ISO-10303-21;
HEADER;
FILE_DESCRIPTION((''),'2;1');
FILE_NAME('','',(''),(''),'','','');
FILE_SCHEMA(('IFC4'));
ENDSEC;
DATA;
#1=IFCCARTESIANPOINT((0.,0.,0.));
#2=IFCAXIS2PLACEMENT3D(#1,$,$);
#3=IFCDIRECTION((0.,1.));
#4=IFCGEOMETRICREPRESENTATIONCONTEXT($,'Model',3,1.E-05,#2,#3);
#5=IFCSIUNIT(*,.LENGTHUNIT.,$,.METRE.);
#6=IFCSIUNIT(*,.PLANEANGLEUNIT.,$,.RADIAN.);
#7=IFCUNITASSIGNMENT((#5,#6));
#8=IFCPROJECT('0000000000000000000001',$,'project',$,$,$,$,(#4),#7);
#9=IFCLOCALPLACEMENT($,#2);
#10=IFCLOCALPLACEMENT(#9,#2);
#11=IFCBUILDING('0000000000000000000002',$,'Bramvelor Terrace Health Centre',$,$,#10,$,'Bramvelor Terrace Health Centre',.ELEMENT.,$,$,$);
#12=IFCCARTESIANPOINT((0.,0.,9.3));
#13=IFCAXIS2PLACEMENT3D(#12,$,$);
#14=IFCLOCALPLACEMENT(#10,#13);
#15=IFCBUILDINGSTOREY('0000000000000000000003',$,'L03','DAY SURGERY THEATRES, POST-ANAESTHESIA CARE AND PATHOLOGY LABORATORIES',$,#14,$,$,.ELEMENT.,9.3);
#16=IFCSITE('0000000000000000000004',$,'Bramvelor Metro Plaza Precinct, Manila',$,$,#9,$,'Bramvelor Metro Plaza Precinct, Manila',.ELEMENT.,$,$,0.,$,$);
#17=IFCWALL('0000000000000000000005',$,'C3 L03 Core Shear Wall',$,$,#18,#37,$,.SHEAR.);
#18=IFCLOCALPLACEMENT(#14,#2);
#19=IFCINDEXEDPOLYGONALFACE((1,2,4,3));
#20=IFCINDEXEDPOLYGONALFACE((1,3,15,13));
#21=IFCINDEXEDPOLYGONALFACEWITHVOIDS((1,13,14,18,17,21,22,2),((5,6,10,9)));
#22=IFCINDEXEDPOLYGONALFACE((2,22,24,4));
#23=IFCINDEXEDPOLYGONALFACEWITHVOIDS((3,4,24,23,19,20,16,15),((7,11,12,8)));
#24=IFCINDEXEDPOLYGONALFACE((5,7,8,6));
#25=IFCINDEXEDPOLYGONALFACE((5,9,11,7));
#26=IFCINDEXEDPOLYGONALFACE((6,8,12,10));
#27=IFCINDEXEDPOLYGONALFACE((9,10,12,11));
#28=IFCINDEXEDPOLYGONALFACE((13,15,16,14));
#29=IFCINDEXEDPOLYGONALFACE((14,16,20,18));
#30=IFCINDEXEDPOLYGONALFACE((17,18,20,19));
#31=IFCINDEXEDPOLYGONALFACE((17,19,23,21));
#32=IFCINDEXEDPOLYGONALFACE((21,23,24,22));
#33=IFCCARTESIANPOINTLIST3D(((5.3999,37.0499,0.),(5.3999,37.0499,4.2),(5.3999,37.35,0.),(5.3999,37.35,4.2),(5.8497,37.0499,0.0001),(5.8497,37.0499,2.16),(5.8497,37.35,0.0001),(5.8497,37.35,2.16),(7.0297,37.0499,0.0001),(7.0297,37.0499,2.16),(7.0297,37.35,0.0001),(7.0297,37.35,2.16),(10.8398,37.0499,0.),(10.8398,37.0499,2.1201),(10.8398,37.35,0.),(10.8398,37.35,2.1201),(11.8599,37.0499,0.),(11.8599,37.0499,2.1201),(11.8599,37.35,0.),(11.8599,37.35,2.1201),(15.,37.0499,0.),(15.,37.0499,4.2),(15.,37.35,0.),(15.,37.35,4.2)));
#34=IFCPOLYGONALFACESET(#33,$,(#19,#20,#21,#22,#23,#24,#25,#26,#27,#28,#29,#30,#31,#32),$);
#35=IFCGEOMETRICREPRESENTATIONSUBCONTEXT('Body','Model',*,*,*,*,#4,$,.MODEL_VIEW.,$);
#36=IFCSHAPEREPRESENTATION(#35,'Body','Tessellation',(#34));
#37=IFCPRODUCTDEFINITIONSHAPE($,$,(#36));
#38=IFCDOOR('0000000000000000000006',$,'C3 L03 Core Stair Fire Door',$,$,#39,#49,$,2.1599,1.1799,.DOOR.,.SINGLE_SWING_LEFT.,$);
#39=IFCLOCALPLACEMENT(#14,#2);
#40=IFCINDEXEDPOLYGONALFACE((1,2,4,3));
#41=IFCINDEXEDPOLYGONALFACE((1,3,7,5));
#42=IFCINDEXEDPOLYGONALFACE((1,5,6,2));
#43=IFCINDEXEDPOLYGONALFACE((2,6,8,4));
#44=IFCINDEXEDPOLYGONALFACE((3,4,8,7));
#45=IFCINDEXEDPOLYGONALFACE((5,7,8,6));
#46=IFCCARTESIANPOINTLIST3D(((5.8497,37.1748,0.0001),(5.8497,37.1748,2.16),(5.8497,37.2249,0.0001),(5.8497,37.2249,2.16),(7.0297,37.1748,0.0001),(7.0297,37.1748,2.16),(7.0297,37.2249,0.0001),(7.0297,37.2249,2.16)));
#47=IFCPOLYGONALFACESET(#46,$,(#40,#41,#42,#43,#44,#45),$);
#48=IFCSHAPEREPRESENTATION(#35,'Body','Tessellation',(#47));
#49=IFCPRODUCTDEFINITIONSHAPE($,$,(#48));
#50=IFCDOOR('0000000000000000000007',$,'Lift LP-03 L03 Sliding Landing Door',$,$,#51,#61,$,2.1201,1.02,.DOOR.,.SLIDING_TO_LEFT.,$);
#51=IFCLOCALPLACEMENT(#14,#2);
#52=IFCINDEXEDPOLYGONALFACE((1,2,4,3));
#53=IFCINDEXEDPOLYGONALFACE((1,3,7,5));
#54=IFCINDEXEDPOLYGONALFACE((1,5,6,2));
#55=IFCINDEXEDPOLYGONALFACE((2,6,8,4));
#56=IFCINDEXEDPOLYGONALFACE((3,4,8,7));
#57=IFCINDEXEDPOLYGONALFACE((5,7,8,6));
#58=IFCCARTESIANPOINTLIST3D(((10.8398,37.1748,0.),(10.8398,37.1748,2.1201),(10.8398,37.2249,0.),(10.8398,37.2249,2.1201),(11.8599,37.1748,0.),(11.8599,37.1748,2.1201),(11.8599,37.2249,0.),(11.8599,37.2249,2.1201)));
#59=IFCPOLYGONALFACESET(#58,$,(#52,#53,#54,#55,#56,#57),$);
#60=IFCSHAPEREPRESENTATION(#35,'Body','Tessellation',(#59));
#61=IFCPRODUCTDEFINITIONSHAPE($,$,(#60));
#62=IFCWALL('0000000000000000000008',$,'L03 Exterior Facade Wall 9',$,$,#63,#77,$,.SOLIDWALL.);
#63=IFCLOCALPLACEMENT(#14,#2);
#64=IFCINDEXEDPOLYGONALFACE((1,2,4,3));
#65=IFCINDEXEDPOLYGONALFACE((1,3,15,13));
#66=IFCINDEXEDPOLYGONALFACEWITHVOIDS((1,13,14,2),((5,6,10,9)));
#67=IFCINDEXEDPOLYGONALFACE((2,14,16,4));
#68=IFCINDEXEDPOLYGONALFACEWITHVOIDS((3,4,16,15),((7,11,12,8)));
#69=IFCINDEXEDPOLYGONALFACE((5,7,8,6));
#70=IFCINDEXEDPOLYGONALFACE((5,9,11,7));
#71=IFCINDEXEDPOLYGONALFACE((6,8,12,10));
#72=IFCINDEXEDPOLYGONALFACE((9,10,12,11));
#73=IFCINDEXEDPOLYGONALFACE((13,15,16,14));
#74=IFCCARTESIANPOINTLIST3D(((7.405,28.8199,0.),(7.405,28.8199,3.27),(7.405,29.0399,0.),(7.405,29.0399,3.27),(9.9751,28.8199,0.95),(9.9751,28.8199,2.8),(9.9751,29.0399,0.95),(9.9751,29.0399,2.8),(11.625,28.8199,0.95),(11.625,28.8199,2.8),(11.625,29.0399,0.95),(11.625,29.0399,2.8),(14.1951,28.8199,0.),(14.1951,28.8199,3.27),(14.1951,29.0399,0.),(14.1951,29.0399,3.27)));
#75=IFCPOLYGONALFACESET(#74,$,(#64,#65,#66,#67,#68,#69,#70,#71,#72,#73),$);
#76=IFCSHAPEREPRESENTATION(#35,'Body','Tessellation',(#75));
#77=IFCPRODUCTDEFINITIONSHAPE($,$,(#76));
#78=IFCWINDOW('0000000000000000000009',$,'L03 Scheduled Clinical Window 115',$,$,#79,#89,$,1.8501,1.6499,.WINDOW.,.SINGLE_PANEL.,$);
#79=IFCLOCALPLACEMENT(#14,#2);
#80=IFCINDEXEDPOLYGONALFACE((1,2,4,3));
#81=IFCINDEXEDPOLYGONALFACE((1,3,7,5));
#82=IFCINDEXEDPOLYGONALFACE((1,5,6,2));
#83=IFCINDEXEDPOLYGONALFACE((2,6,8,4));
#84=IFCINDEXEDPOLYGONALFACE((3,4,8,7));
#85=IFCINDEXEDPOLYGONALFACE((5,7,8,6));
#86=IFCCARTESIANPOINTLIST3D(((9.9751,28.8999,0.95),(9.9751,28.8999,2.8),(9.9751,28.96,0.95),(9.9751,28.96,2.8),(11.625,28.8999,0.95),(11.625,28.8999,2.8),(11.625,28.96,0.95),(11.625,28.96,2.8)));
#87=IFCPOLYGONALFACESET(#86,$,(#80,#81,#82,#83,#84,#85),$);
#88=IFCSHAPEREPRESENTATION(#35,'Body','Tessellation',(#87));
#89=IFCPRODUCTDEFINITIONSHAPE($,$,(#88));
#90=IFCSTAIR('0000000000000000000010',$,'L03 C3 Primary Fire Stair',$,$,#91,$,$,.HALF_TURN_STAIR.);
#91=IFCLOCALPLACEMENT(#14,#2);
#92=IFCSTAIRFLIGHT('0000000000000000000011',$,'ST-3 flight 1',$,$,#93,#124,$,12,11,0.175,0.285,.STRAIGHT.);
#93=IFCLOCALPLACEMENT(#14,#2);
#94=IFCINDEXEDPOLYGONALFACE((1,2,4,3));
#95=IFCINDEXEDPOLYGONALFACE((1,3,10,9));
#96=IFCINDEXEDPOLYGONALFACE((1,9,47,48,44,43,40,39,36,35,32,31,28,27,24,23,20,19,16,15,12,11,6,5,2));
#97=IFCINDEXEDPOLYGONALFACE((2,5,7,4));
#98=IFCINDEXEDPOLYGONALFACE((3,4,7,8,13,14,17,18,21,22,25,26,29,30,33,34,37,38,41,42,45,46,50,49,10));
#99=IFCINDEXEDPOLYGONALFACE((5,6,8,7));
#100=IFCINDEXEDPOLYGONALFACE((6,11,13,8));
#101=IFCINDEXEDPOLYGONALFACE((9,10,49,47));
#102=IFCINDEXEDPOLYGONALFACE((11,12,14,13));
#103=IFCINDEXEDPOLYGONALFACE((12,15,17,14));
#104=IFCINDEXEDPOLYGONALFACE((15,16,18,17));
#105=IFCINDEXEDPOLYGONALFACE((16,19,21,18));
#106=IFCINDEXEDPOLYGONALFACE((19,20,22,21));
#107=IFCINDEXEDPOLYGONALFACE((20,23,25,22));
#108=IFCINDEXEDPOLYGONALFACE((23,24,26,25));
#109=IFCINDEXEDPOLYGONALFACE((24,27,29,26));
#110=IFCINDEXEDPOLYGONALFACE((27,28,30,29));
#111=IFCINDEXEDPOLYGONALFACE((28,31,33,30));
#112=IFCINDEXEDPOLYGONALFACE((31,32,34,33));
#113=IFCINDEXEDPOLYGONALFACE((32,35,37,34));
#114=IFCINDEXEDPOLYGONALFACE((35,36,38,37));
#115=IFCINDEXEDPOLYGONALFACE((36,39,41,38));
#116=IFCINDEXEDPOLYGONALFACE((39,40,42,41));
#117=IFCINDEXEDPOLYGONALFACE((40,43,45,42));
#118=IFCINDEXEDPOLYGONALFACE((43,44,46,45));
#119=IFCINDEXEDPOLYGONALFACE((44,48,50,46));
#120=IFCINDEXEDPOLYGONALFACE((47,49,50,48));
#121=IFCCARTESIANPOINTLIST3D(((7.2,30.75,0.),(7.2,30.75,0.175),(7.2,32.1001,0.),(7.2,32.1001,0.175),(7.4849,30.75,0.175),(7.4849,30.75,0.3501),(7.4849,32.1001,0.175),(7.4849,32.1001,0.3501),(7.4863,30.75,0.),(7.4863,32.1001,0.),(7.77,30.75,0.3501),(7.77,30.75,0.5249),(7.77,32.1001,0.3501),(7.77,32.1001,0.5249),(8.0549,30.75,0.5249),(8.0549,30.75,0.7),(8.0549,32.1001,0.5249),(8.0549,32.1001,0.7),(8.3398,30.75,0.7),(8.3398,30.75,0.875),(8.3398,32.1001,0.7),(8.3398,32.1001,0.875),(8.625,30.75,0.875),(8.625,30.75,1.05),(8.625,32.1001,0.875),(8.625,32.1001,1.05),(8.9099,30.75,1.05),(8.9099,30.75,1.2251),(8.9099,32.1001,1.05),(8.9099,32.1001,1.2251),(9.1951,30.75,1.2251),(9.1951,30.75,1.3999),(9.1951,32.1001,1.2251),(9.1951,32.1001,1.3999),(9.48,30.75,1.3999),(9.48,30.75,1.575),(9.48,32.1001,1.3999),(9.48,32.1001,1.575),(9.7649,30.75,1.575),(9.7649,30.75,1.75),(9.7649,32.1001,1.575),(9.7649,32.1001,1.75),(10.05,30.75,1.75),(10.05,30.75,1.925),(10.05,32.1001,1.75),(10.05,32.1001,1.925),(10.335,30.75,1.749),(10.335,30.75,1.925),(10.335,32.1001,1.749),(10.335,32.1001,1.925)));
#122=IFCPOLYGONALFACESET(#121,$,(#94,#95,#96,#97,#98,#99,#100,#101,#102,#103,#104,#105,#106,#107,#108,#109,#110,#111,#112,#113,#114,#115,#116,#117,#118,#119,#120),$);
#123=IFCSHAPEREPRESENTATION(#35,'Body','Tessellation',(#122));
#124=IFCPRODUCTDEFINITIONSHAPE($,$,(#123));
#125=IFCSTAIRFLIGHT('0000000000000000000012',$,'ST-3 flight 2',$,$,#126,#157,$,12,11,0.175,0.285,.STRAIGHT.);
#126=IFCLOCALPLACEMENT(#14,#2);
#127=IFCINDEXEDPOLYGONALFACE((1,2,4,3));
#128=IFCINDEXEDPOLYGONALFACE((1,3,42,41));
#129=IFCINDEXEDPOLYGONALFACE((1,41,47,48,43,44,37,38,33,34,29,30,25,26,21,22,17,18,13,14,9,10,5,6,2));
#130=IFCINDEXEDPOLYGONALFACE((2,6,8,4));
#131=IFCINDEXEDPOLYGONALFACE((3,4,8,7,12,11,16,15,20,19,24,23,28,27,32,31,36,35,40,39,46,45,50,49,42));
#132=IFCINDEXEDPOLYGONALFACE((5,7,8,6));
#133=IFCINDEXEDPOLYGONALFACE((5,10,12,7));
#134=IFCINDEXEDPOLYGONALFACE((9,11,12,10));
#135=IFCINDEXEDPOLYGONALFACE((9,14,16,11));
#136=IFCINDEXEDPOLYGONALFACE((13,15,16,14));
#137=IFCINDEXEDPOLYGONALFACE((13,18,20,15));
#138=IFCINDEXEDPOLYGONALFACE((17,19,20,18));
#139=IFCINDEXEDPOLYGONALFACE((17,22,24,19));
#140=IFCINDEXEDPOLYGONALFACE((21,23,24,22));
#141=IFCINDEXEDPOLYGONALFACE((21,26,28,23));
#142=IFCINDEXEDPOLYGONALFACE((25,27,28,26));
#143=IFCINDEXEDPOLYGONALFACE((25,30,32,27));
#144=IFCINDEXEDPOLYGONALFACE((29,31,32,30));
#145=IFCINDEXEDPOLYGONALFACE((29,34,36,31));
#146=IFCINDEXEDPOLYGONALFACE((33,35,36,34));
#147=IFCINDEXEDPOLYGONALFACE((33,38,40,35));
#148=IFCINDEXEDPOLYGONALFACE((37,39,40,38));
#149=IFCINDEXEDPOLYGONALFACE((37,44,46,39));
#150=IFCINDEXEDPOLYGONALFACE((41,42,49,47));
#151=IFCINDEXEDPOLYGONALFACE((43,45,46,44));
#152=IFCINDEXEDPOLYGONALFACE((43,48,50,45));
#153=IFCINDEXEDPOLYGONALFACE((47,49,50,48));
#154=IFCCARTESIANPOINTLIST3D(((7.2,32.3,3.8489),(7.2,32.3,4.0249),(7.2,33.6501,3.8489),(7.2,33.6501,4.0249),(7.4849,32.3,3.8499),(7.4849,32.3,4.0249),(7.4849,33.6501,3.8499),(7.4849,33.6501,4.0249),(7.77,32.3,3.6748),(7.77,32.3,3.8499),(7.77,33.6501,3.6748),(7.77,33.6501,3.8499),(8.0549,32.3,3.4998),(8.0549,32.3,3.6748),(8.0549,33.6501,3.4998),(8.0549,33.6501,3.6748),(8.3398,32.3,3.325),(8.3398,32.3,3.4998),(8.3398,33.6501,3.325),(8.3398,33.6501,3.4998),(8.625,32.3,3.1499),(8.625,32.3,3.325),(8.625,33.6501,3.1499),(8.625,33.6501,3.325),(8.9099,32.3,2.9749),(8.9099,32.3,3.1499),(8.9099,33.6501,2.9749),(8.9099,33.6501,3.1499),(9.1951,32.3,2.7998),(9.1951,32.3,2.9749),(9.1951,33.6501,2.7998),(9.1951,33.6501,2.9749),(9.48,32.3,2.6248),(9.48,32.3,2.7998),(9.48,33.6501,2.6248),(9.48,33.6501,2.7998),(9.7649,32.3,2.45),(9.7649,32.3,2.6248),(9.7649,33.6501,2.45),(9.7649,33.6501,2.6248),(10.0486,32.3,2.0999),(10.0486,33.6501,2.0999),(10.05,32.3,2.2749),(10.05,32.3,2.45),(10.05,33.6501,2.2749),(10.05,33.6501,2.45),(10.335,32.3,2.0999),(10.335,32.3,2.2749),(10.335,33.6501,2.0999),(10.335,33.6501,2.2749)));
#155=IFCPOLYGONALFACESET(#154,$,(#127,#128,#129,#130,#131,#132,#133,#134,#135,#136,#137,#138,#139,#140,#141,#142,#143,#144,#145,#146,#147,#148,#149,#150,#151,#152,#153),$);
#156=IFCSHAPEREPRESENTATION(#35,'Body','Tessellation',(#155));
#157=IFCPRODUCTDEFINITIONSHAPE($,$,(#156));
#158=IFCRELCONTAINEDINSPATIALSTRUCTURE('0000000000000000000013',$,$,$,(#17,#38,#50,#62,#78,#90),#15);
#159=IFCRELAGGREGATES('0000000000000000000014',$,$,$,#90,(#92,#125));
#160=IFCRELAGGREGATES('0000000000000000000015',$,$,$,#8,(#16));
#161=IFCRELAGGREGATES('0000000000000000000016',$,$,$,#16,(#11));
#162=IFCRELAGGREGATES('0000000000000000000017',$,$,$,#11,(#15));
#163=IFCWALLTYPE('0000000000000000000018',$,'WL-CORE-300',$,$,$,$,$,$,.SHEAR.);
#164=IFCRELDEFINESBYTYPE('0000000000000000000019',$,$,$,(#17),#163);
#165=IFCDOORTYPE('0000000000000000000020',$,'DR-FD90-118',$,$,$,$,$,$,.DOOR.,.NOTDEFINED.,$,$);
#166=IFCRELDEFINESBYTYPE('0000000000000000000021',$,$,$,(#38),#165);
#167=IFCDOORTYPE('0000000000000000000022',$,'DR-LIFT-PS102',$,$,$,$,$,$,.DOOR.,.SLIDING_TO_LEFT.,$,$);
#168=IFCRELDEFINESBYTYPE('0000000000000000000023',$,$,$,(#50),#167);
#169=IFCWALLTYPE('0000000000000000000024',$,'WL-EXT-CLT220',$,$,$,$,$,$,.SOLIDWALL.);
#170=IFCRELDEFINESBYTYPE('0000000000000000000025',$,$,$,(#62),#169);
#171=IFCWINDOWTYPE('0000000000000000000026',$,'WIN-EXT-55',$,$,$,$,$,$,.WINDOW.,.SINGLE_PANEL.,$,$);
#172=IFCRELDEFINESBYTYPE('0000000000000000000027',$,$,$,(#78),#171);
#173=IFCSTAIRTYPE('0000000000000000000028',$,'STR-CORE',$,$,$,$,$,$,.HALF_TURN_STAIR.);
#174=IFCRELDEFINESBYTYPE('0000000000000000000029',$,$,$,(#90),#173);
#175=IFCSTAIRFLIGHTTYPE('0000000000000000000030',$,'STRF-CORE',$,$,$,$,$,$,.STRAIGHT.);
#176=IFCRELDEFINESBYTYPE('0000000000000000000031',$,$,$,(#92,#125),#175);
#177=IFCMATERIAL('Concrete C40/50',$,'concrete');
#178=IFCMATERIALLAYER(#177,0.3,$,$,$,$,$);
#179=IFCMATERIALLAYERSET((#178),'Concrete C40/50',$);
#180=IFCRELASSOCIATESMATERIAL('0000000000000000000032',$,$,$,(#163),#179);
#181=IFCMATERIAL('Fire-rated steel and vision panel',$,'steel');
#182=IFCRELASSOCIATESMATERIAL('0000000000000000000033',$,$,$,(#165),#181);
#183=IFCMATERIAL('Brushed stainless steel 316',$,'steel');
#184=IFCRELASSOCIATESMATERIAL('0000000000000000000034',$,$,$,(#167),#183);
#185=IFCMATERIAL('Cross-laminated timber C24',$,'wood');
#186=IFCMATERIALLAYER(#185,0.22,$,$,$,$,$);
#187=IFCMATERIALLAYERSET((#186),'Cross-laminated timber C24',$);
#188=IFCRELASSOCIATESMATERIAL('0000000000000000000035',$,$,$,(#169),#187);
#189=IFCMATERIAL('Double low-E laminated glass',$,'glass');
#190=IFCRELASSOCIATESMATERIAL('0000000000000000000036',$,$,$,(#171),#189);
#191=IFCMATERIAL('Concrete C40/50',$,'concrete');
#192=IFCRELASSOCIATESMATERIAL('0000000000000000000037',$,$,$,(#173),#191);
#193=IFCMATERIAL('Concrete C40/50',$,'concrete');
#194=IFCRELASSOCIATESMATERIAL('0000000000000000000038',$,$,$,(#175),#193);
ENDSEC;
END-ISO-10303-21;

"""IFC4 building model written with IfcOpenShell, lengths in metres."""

from ifc_helpers import new_model, si_unit, direction, frame, frame_2d, origin, place, context, subcontext, project, spatial, polyline, rectangle, outline, extrude, material, layer, layer_set, type_object, element, fill, aggregate, save


model = new_model("IFC4")

# Units and contexts
model_context = context("Model", 3, precision=1e-05, world=origin(), true_north=direction((0.0, 1.0)))
body_context = subcontext(model_context, "Body", "Model", "MODEL_VIEW")
ifc_project = project(units=[si_unit("LENGTHUNIT", "METRE"), si_unit("PLANEANGLEUNIT", "RADIAN")], contexts=[model_context])

# Site, building, storey
site_placement = place(None, origin())
site = spatial("IfcSite", under=ifc_project, at=site_placement, Name="Bramvelor Metro Plaza Precinct, Manila", LongName="Bramvelor Metro Plaza Precinct, Manila", CompositionType="ELEMENT", RefElevation=0.0)
building_placement = place(site_placement, origin())
building = spatial("IfcBuilding", under=site, at=building_placement, Name="Bramvelor Terrace Health Centre", LongName="Bramvelor Terrace Health Centre", CompositionType="ELEMENT")
storey_placement = place(building_placement, frame((0.0, 0.0, 9.3)))
storey = spatial("IfcBuildingStorey", under=building, at=storey_placement, Name="L03", Description="DAY SURGERY THEATRES, POST-ANAESTHESIA CARE AND PATHOLOGY LABORATORIES", CompositionType="ELEMENT", Elevation=9.3)

# Wall, openings, doors
ifc_material_1 = material(Name="Concrete C40/50", Category="concrete")
ifc_layer_1 = layer(ifc_material_1, 0.3)
ifc_layer_set_1 = layer_set([ifc_layer_1], Name="Concrete C40/50")
wall_type_1 = type_object("IfcWallType", Name="WL-CORE-300", PredefinedType="SHEAR", material=ifc_layer_set_1)
wall_1_placement = place(storey_placement, frame((5.3999, 37.2, 0.0), z_axis=(0.0, 0.0, 1.0), x_axis=(1.0, 0.0, 0.0)))
wall_1 = element("IfcWall", 1, at=wall_1_placement, inside=storey, type_object=wall_type_1, Name="C3 L03 Core Shear Wall", PredefinedType="SHEAR", context=body_context, shape_type="SweptSolid", body=[
    extrude(rectangle(XDim=9.6001, YDim=0.3, at=frame_2d((4.8, 0.0))), origin(), (0.0, 0.0, 1.0), 4.2),
])
opening_1_placement = place(wall_1_placement, frame((0.45, 0.0, 0.0)))
opening_1 = element("IfcOpeningElement", 2, at=opening_1_placement, cuts=wall_1, PredefinedType="OPENING", context=body_context, shape_type="SweptSolid", body=[
    extrude(rectangle(XDim=1.1799, YDim=2.1599, at=frame_2d((0.5898, 1.0801))), frame((0.0, 0.1599, 0.0), z_axis=(0.0, -1.0, 0.0), x_axis=(1.0, 0.0, 0.0)), (0.0, 0.0, 1.0), 0.3201),
])
opening_2_placement = place(wall_1_placement, frame((5.4399, 0.0, 0.0)))
opening_2 = element("IfcOpeningElement", 3, at=opening_2_placement, cuts=wall_1, PredefinedType="OPENING", context=body_context, shape_type="SweptSolid", body=[
    extrude(rectangle(XDim=1.02, YDim=2.1201, at=frame_2d((0.51, 1.0601))), frame((0.0, 0.1599, 0.0), z_axis=(0.0, -1.0, 0.0), x_axis=(1.0, 0.0, 0.0)), (0.0, 0.0, 1.0), 0.3201),
])
ifc_material_2 = material(Name="Fire-rated steel and vision panel", Category="steel")
door_type_1 = type_object("IfcDoorType", Name="DR-FD90-118", OperationType="NOTDEFINED", PredefinedType="DOOR", material=ifc_material_2)
door_1_placement = place(opening_1_placement, origin())
door_1 = element("IfcDoor", 4, at=door_1_placement, inside=storey, type_object=door_type_1, Name="C3 L03 Core Stair Fire Door", OperationType="SINGLE_SWING_LEFT", OverallHeight=2.1599, OverallWidth=1.1799, PredefinedType="DOOR", context=body_context, shape_type="SweptSolid", body=[
    extrude(rectangle(XDim=1.1799, YDim=2.1599, at=frame_2d((0.5898, 1.0801))), frame((0.0, 0.0249, 0.0), z_axis=(0.0, -1.0, 0.0), x_axis=(1.0, 0.0, 0.0)), (0.0, 0.0, 1.0), 0.05),
])
fill(opening_1, door_1)
ifc_material_3 = material(Name="Brushed stainless steel 316", Category="steel")
door_type_2 = type_object("IfcDoorType", Name="DR-LIFT-PS102", OperationType="SLIDING_TO_LEFT", PredefinedType="DOOR", material=ifc_material_3)
door_2_placement = place(opening_2_placement, origin())
door_2 = element("IfcDoor", 5, at=door_2_placement, inside=storey, type_object=door_type_2, Name="Lift LP-03 L03 Sliding Landing Door", OperationType="SLIDING_TO_LEFT", OverallHeight=2.1201, OverallWidth=1.02, PredefinedType="DOOR", context=body_context, shape_type="SweptSolid", body=[
    extrude(rectangle(XDim=1.02, YDim=2.1201, at=frame_2d((0.51, 1.0601))), frame((0.0, 0.0249, 0.0), z_axis=(0.0, -1.0, 0.0), x_axis=(1.0, 0.0, 0.0)), (0.0, 0.0, 1.0), 0.05),
])
fill(opening_2, door_2)

# Wall, opening, window
ifc_material_4 = material(Name="Cross-laminated timber C24", Category="wood")
ifc_layer_2 = layer(ifc_material_4, 0.22)
ifc_layer_set_2 = layer_set([ifc_layer_2], Name="Cross-laminated timber C24")
wall_type_2 = type_object("IfcWallType", Name="WL-EXT-CLT220", PredefinedType="SOLIDWALL", material=ifc_layer_set_2)
wall_2_placement = place(storey_placement, frame((14.1951, 28.9299, 0.0), z_axis=(0.0, 0.0, 1.0), x_axis=(-1.0, 0.0, 0.0)))
wall_2 = element("IfcWall", 6, at=wall_2_placement, inside=storey, type_object=wall_type_2, Name="L03 Exterior Facade Wall 9", PredefinedType="SOLIDWALL", context=body_context, shape_type="SweptSolid", body=[
    extrude(rectangle(XDim=6.79, YDim=0.22, at=frame_2d((3.395, 0.0))), origin(), (0.0, 0.0, 1.0), 3.27),
])
opening_3_placement = place(wall_2_placement, frame((2.5701, 0.0, 0.95)))
opening_3 = element("IfcOpeningElement", 7, at=opening_3_placement, cuts=wall_2, PredefinedType="OPENING", context=body_context, shape_type="SweptSolid", body=[
    extrude(rectangle(XDim=1.6499, YDim=1.8501, at=frame_2d((0.825, 0.925))), frame((0.0, 0.1199, 0.0), z_axis=(0.0, -1.0, 0.0), x_axis=(1.0, 0.0, 0.0)), (0.0, 0.0, 1.0), 0.24),
])
ifc_material_5 = material(Name="Double low-E laminated glass", Category="glass")
window_type = type_object("IfcWindowType", Name="WIN-EXT-55", PartitioningType="SINGLE_PANEL", PredefinedType="WINDOW", material=ifc_material_5)
window_placement = place(opening_3_placement, origin())
window = element("IfcWindow", 8, at=window_placement, inside=storey, type_object=window_type, Name="L03 Scheduled Clinical Window 115", OverallHeight=1.8501, OverallWidth=1.6499, PartitioningType="SINGLE_PANEL", PredefinedType="WINDOW", context=body_context, shape_type="SweptSolid", body=[
    extrude(rectangle(XDim=1.6499, YDim=1.8501, at=frame_2d((0.825, 0.925))), frame((0.0, 0.03, 0.0), z_axis=(0.0, -1.0, 0.0), x_axis=(1.0, 0.0, 0.0)), (0.0, 0.0, 1.0), 0.0601),
])
fill(opening_3, window)

# Stair, stair flights
ifc_material_6 = material(Name="Concrete C40/50", Category="concrete")
stair_type = type_object("IfcStairType", Name="STR-CORE", PredefinedType="HALF_TURN_STAIR", material=ifc_material_6)
stair_placement = place(storey_placement, origin())
stair = element("IfcStair", 9, at=stair_placement, inside=storey, type_object=stair_type, Name="L03 C3 Primary Fire Stair", PredefinedType="HALF_TURN_STAIR")
ifc_material_7 = material(Name="Concrete C40/50", Category="concrete")
stair_flight_type = type_object("IfcStairFlightType", Name="STRF-CORE", PredefinedType="STRAIGHT", material=ifc_material_7)
stair_flight_1_placement = place(storey_placement, frame((7.2, 31.425, 0.0), z_axis=(0.0, 0.0, 1.0), x_axis=(1.0, 0.0, 0.0)))
stair_flight_1 = element("IfcStairFlight", 10, at=stair_flight_1_placement, type_object=stair_flight_type, Name="ST-3 flight 1", NumberOfRisers=12, NumberOfTreads=11, PredefinedType="STRAIGHT", RiserHeight=0.175, TreadLength=0.285, context=body_context, shape_type="SweptSolid", body=[
    extrude(outline(polyline([(0.0, 0.0), (0.0, 0.175), (0.2849, 0.175), (0.2849, 0.3501), (0.5701, 0.3501), (0.5701, 0.5249), (0.855, 0.5249), (0.855, 0.7), (1.1399, 0.7), (1.1399, 0.875), (1.425, 0.875), (1.425, 1.05), (1.71, 1.05), (1.71, 1.2251), (1.9951, 1.2251), (1.9951, 1.3999), (2.28, 1.3999), (2.28, 1.575), (2.5649, 1.575), (2.5649, 1.75), (2.8501, 1.75), (2.8501, 1.925), (3.135, 1.925), (3.135, 2.1001), (3.135, 1.749), (0.2864, 0.0), (0.0, 0.0)])), frame((0.0, 0.675, 0.0), z_axis=(0.0, -1.0, 0.0), x_axis=(1.0, 0.0, 0.0)), (0.0, 0.0, 1.0), 1.3501),
])
stair_flight_2_placement = place(storey_placement, frame((10.335, 32.9751, 2.0999), z_axis=(0.0, 0.0, 1.0), x_axis=(-1.0, 0.0, 0.0)))
stair_flight_2 = element("IfcStairFlight", 11, at=stair_flight_2_placement, type_object=stair_flight_type, Name="ST-3 flight 2", NumberOfRisers=12, NumberOfTreads=11, PredefinedType="STRAIGHT", RiserHeight=0.175, TreadLength=0.285, context=body_context, shape_type="SweptSolid", body=[
    extrude(outline(polyline([(0.0, 0.0), (0.0, 0.175), (0.2849, 0.175), (0.2849, 0.3501), (0.5701, 0.3501), (0.5701, 0.5249), (0.855, 0.5249), (0.855, 0.7), (1.1399, 0.7), (1.1399, 0.875), (1.425, 0.875), (1.425, 1.05), (1.71, 1.05), (1.71, 1.2251), (1.9951, 1.2251), (1.9951, 1.3999), (2.28, 1.3999), (2.28, 1.575), (2.5649, 1.575), (2.5649, 1.75), (2.8501, 1.75), (2.8501, 1.925), (3.135, 1.925), (3.135, 2.1001), (3.135, 1.749), (0.2864, 0.0), (0.0, 0.0)])), frame((0.0, 0.675, 0.0), z_axis=(0.0, -1.0, 0.0), x_axis=(1.0, 0.0, 0.0)), (0.0, 0.0, 1.0), 1.3501),
])
aggregate(stair, [stair_flight_1, stair_flight_2])

save(model, "model.ifc")
